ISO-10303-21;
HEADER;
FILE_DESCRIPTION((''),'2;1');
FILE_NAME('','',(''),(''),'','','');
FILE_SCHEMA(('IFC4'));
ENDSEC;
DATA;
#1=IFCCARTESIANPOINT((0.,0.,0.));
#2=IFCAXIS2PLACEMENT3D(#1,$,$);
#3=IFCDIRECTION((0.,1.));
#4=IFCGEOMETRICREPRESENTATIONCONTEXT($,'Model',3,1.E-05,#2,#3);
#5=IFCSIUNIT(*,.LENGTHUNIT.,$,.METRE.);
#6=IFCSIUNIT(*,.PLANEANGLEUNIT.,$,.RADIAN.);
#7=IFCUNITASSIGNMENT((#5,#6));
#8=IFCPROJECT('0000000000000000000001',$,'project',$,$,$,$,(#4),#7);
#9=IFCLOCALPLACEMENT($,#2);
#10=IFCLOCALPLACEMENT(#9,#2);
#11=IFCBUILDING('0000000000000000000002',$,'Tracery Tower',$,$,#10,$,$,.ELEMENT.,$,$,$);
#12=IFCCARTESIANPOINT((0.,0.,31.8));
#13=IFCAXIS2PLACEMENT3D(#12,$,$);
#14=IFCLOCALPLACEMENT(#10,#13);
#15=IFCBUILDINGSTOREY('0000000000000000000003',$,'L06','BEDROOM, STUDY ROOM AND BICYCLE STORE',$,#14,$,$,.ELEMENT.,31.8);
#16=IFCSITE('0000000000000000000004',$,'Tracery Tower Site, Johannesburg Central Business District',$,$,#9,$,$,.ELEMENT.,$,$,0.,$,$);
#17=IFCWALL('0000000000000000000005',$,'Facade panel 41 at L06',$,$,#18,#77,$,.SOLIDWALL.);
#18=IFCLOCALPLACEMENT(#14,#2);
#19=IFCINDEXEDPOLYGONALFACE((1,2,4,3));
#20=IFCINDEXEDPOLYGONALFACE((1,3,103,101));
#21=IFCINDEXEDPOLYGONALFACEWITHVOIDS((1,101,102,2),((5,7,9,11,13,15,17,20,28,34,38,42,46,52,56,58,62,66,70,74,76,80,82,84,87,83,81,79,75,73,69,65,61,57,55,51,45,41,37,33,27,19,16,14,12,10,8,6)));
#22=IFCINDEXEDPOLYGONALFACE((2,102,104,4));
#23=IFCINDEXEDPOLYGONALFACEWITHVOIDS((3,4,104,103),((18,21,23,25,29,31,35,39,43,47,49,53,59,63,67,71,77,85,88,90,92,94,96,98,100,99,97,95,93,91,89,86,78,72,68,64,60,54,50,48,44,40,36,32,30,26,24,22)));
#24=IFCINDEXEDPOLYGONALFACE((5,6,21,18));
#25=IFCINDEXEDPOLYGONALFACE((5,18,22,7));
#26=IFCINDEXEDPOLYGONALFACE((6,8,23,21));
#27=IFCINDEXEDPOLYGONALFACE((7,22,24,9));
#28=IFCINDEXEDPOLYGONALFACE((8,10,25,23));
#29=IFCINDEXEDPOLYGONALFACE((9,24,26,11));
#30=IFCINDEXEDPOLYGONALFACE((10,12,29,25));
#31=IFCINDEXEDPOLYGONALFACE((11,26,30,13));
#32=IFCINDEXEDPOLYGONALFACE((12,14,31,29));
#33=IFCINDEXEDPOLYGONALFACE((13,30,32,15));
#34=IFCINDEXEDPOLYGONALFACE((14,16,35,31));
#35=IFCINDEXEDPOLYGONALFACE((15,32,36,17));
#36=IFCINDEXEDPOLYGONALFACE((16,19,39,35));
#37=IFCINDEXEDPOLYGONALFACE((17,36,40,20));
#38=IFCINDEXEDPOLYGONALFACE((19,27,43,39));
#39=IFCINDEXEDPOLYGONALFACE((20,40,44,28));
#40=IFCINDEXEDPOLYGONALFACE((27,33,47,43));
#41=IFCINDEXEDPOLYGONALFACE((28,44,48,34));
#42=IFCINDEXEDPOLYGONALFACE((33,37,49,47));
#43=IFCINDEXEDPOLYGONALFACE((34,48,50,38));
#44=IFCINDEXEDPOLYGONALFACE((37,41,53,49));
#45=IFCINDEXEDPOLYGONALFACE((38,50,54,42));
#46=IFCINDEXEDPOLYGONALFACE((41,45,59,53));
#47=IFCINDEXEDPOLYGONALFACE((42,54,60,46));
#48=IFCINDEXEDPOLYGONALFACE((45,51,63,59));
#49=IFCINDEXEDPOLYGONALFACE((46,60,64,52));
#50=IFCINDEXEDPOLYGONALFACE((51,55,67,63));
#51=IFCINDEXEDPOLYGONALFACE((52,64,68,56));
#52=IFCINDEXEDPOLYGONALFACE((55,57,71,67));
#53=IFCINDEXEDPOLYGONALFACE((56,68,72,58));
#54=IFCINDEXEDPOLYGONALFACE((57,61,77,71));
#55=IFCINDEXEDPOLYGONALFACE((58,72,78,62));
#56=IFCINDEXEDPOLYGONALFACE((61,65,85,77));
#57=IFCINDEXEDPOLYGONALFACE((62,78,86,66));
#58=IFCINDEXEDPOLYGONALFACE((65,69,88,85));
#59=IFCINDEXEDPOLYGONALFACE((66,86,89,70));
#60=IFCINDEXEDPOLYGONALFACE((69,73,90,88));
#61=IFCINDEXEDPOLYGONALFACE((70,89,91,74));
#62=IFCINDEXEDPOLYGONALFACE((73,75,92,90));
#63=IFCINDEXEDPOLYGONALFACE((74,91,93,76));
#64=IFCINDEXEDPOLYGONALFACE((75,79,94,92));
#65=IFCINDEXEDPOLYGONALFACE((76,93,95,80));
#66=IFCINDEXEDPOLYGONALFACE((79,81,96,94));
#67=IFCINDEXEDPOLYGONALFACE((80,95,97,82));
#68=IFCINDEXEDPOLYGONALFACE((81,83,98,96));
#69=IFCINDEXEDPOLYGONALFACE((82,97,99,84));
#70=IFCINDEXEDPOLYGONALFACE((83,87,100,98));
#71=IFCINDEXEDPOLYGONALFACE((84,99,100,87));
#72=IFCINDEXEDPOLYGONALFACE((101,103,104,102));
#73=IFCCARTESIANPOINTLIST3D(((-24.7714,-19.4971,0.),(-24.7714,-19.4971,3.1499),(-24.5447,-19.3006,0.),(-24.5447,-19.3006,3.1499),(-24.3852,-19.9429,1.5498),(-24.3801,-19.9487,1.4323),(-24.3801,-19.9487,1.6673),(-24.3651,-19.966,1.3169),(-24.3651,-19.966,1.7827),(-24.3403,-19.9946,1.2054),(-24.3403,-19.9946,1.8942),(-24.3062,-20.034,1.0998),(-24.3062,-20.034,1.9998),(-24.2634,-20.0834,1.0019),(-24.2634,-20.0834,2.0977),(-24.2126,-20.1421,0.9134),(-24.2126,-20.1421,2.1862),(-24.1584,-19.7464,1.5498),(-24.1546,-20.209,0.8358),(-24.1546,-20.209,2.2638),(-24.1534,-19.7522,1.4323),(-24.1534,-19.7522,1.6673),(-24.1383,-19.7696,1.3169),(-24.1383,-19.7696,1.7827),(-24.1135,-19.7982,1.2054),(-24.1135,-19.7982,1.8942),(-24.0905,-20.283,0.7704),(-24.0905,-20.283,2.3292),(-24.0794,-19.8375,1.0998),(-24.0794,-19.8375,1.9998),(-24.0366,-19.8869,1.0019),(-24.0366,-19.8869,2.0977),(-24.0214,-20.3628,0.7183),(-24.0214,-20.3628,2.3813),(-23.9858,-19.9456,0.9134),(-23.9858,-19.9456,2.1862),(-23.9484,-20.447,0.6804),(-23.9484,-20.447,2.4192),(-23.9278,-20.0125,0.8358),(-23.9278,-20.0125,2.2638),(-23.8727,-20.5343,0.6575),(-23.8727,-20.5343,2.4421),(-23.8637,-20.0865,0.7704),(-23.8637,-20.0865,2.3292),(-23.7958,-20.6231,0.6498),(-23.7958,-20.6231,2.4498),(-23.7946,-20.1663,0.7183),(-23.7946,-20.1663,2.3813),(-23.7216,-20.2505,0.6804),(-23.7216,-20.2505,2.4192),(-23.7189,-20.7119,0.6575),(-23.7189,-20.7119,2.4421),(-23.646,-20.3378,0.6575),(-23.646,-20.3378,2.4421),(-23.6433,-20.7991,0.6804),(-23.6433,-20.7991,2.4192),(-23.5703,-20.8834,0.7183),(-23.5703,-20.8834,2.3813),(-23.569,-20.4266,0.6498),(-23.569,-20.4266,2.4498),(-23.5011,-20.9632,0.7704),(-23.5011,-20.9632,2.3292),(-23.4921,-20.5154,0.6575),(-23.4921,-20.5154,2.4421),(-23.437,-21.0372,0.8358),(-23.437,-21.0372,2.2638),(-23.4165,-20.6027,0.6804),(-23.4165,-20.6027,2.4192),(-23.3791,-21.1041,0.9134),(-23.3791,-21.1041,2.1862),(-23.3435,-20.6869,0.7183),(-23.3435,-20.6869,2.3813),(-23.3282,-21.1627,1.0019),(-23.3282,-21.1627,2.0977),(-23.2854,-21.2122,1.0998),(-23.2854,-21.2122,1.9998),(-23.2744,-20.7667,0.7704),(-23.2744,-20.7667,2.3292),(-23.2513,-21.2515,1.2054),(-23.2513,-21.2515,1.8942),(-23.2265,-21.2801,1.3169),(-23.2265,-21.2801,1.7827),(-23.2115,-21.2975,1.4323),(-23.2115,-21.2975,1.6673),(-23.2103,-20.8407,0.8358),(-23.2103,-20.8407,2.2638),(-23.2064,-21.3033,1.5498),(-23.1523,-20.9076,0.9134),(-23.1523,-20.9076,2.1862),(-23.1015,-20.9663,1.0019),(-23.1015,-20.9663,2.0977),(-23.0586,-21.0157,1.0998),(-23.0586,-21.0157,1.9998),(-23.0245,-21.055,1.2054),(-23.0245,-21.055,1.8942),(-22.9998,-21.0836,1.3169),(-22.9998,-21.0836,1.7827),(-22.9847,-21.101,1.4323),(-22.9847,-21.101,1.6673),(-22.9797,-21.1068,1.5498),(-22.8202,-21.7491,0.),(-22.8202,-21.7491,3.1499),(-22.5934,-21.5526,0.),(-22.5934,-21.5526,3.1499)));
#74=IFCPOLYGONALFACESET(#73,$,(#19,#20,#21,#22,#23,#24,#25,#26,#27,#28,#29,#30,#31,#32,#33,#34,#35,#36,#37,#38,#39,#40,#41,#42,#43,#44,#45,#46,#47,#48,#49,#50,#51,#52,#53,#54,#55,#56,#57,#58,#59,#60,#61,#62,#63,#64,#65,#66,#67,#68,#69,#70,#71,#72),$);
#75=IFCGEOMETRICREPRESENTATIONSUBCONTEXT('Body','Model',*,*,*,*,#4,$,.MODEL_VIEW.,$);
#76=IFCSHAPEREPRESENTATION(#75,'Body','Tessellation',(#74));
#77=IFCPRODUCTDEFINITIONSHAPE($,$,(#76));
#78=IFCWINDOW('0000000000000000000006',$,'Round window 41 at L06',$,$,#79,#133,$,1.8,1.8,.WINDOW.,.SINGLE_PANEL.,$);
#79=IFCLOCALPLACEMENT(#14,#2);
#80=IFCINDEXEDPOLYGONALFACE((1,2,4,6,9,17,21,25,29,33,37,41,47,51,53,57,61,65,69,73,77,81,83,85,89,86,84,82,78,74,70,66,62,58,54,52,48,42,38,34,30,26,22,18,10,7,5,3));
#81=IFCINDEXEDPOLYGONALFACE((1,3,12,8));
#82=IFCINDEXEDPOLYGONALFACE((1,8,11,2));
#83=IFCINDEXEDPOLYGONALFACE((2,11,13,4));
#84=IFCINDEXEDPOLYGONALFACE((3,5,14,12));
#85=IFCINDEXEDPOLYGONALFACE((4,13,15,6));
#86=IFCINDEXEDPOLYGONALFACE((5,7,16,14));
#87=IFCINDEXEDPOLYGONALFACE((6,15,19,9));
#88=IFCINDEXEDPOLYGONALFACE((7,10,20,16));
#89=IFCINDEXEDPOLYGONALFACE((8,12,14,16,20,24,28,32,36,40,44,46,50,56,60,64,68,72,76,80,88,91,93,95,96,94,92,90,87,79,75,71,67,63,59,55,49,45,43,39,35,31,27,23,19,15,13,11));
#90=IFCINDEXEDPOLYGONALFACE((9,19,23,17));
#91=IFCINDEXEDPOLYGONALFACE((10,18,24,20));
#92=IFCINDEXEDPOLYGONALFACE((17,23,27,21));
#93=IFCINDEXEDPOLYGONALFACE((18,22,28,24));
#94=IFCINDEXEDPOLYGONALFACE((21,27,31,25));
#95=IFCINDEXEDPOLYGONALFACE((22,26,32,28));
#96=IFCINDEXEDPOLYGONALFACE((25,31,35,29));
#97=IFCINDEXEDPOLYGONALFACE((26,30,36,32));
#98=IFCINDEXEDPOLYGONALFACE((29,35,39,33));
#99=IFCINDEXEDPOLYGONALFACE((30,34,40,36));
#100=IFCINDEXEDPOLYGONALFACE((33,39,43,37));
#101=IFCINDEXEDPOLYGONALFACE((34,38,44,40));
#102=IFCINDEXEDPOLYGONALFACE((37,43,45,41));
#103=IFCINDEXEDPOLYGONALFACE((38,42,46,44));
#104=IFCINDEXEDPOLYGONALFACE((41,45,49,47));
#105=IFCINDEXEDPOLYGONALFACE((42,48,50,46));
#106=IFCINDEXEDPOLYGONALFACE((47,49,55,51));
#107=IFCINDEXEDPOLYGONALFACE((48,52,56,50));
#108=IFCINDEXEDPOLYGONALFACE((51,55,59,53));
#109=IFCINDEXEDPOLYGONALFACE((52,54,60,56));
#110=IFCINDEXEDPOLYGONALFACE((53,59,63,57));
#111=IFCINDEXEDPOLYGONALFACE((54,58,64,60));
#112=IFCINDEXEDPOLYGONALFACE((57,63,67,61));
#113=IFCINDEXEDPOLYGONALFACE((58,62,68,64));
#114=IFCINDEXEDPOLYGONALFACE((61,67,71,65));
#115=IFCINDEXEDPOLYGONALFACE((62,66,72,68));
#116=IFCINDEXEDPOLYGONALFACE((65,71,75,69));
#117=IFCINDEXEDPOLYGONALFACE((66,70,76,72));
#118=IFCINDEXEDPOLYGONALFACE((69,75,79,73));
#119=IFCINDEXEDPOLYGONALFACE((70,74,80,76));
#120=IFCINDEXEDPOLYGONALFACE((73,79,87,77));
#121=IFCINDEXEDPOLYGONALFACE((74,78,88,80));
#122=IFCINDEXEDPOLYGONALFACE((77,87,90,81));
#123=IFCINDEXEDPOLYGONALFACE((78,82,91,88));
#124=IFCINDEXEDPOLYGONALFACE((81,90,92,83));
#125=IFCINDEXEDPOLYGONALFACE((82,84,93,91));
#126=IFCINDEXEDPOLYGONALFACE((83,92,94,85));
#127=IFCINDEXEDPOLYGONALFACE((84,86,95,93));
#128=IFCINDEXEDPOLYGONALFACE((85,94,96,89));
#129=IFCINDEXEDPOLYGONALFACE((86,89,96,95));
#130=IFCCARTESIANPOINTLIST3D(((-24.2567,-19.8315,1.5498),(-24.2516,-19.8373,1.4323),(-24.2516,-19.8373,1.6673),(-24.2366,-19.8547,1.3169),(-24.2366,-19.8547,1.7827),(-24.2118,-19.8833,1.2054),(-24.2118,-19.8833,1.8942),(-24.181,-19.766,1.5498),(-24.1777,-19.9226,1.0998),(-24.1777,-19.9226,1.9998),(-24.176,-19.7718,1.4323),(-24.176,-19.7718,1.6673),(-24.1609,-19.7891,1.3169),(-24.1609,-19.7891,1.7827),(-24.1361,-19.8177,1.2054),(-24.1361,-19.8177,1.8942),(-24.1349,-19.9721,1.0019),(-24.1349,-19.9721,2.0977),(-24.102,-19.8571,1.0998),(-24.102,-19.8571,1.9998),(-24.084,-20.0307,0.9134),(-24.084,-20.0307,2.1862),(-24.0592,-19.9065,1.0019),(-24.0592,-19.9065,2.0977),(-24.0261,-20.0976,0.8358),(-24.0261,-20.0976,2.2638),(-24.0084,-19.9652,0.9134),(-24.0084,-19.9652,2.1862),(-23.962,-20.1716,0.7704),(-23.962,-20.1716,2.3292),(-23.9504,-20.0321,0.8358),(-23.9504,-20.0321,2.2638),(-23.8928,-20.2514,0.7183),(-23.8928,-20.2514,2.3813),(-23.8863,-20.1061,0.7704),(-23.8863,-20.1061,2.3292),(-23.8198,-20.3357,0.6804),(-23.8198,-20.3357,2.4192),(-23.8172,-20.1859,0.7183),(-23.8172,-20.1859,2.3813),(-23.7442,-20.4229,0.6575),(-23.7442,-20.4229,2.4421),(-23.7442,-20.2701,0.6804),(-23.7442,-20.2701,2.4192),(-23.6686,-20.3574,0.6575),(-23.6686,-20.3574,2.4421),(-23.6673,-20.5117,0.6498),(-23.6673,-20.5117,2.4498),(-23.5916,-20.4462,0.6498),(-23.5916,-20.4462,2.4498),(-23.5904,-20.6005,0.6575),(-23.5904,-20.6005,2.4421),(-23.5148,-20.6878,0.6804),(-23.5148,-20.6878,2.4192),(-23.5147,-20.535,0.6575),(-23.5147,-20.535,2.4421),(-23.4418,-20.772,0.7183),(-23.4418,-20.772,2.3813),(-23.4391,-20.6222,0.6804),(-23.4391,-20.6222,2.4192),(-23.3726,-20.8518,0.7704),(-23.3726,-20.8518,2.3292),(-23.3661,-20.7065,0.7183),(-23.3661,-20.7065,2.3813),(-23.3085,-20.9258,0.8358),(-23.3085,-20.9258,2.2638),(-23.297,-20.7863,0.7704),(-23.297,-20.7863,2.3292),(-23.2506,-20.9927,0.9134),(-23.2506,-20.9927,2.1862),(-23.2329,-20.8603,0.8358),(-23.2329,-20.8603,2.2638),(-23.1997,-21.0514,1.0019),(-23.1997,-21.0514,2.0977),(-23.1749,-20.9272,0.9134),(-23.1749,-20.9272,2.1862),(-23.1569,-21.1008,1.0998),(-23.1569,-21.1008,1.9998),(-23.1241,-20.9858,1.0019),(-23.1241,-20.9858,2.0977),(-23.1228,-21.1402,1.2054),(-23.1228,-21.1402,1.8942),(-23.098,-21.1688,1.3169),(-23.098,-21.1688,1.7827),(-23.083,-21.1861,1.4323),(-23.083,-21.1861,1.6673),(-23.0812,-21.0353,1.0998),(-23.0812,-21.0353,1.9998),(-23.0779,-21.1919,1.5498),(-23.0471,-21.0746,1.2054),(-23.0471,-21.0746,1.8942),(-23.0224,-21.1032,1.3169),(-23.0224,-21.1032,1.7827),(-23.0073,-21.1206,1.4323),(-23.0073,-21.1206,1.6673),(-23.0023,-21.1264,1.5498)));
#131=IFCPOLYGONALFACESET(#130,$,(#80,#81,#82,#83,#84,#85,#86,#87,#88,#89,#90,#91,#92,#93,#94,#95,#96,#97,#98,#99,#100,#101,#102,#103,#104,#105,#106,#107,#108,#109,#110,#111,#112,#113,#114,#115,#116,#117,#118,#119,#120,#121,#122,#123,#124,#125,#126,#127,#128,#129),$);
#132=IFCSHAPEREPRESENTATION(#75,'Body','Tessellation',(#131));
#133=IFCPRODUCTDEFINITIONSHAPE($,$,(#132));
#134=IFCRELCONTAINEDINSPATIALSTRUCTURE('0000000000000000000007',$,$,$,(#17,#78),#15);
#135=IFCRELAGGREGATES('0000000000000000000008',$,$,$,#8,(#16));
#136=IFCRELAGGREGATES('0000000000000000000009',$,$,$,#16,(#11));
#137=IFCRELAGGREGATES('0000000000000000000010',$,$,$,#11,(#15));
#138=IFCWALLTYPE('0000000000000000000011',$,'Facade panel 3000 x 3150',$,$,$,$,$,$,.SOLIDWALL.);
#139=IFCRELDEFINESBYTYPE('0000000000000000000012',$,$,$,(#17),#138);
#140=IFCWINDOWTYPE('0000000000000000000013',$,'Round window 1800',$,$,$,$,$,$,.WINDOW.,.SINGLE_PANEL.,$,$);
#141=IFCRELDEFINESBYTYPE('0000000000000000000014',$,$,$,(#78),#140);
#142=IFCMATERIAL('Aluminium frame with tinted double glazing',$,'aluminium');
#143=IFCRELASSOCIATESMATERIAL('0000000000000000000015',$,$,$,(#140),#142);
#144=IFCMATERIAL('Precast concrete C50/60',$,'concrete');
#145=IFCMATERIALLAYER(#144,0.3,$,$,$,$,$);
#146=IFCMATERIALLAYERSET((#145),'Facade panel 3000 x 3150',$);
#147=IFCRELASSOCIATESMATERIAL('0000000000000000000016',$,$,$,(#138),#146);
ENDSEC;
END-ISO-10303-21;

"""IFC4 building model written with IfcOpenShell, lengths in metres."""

from ifc_helpers import new_model, si_unit, direction, frame, frame_2d, origin, origin_2d, place, context, subcontext, project, spatial, rectangle, circle, extrude, material, layer, layer_set, type_object, element, fill, save


model = new_model("IFC4")

# Units and contexts
model_context = context("Model", 3, precision=1e-05, world=origin(), true_north=direction((0.0, 1.0)))
body_context = subcontext(model_context, "Body", "Model", "MODEL_VIEW")
ifc_project = project(units=[si_unit("LENGTHUNIT", "METRE"), si_unit("PLANEANGLEUNIT", "RADIAN")], contexts=[model_context])

# Site, building, storey
site_placement = place(None, origin())
site = spatial("IfcSite", under=ifc_project, at=site_placement, Name="Tracery Tower Site, Johannesburg Central Business District", CompositionType="ELEMENT", RefElevation=0.0)
building_placement = place(site_placement, origin())
building = spatial("IfcBuilding", under=site, at=building_placement, Name="Tracery Tower", CompositionType="ELEMENT")
storey_placement = place(building_placement, frame((0.0, 0.0, 31.8)))
storey = spatial("IfcBuildingStorey", under=building, at=storey_placement, Name="L06", Description="BEDROOM, STUDY ROOM AND BICYCLE STORE", CompositionType="ELEMENT", Elevation=31.8)

# Wall, opening, window
ifc_material_1 = material(Name="Aluminium frame with tinted double glazing", Category="aluminium")
window_type = type_object("IfcWindowType", Name="Round window 1800", PartitioningType="SINGLE_PANEL", PredefinedType="WINDOW", material=ifc_material_1)
ifc_material_2 = material(Name="Precast concrete C50/60", Category="concrete")
ifc_layer_1 = layer(ifc_material_2, 0.3)
ifc_layer_set_1 = layer_set([ifc_layer_1], Name="Facade panel 3000 x 3150")
wall_type_1 = type_object("IfcWallType", Name="Facade panel 3000 x 3150", PredefinedType="SOLIDWALL", material=ifc_layer_set_1)
wall_1_placement = place(storey_placement, frame((-24.658, -19.3989, 0.0), z_axis=(0.0, 0.0, 1.0), x_axis=(0.654831, -0.755776, 0.0)))
wall_1 = element("IfcWall", 1, at=wall_1_placement, inside=storey, type_object=wall_type_1, Name="Facade panel 41 at L06", PredefinedType="SOLIDWALL", context=body_context, shape_type="SweptSolid", body=[
    extrude(rectangle(XDim=2.9797, YDim=0.3, at=frame_2d((1.4897, 0.0))), origin(), (0.0, 0.0, 1.0), 3.1499),
])
opening_1_placement = place(wall_1_placement, frame((1.4897, 0.0, 1.5498)))
opening_1 = element("IfcOpeningElement", 2, at=opening_1_placement, cuts=wall_1, PredefinedType="OPENING", context=body_context, shape_type="SweptSolid", body=[
    extrude(circle(Radius=0.9, at=origin_2d()), frame((0.0, 0.1599, 0.0), z_axis=(0.0, -1.0, 0.0), x_axis=(1.0, 0.0, 0.0)), (0.0, 0.0, 1.0), 0.3201),
])
window_1_placement = place(opening_1_placement, origin())
window_1 = element("IfcWindow", 3, at=window_1_placement, inside=storey, type_object=window_type, Name="Round window 41 at L06", OverallHeight=1.8, OverallWidth=1.8, PartitioningType="SINGLE_PANEL", PredefinedType="WINDOW", context=body_context, shape_type="SweptSolid", body=[
    extrude(circle(Radius=0.9, at=origin_2d()), frame((0.0, 0.1201, 0.0), z_axis=(0.0, -1.0, 0.0), x_axis=(1.0, 0.0, 0.0)), (0.0, 0.0, 1.0), 0.1001),
])
fill(opening_1, window_1)

save(model, "model.ifc")
